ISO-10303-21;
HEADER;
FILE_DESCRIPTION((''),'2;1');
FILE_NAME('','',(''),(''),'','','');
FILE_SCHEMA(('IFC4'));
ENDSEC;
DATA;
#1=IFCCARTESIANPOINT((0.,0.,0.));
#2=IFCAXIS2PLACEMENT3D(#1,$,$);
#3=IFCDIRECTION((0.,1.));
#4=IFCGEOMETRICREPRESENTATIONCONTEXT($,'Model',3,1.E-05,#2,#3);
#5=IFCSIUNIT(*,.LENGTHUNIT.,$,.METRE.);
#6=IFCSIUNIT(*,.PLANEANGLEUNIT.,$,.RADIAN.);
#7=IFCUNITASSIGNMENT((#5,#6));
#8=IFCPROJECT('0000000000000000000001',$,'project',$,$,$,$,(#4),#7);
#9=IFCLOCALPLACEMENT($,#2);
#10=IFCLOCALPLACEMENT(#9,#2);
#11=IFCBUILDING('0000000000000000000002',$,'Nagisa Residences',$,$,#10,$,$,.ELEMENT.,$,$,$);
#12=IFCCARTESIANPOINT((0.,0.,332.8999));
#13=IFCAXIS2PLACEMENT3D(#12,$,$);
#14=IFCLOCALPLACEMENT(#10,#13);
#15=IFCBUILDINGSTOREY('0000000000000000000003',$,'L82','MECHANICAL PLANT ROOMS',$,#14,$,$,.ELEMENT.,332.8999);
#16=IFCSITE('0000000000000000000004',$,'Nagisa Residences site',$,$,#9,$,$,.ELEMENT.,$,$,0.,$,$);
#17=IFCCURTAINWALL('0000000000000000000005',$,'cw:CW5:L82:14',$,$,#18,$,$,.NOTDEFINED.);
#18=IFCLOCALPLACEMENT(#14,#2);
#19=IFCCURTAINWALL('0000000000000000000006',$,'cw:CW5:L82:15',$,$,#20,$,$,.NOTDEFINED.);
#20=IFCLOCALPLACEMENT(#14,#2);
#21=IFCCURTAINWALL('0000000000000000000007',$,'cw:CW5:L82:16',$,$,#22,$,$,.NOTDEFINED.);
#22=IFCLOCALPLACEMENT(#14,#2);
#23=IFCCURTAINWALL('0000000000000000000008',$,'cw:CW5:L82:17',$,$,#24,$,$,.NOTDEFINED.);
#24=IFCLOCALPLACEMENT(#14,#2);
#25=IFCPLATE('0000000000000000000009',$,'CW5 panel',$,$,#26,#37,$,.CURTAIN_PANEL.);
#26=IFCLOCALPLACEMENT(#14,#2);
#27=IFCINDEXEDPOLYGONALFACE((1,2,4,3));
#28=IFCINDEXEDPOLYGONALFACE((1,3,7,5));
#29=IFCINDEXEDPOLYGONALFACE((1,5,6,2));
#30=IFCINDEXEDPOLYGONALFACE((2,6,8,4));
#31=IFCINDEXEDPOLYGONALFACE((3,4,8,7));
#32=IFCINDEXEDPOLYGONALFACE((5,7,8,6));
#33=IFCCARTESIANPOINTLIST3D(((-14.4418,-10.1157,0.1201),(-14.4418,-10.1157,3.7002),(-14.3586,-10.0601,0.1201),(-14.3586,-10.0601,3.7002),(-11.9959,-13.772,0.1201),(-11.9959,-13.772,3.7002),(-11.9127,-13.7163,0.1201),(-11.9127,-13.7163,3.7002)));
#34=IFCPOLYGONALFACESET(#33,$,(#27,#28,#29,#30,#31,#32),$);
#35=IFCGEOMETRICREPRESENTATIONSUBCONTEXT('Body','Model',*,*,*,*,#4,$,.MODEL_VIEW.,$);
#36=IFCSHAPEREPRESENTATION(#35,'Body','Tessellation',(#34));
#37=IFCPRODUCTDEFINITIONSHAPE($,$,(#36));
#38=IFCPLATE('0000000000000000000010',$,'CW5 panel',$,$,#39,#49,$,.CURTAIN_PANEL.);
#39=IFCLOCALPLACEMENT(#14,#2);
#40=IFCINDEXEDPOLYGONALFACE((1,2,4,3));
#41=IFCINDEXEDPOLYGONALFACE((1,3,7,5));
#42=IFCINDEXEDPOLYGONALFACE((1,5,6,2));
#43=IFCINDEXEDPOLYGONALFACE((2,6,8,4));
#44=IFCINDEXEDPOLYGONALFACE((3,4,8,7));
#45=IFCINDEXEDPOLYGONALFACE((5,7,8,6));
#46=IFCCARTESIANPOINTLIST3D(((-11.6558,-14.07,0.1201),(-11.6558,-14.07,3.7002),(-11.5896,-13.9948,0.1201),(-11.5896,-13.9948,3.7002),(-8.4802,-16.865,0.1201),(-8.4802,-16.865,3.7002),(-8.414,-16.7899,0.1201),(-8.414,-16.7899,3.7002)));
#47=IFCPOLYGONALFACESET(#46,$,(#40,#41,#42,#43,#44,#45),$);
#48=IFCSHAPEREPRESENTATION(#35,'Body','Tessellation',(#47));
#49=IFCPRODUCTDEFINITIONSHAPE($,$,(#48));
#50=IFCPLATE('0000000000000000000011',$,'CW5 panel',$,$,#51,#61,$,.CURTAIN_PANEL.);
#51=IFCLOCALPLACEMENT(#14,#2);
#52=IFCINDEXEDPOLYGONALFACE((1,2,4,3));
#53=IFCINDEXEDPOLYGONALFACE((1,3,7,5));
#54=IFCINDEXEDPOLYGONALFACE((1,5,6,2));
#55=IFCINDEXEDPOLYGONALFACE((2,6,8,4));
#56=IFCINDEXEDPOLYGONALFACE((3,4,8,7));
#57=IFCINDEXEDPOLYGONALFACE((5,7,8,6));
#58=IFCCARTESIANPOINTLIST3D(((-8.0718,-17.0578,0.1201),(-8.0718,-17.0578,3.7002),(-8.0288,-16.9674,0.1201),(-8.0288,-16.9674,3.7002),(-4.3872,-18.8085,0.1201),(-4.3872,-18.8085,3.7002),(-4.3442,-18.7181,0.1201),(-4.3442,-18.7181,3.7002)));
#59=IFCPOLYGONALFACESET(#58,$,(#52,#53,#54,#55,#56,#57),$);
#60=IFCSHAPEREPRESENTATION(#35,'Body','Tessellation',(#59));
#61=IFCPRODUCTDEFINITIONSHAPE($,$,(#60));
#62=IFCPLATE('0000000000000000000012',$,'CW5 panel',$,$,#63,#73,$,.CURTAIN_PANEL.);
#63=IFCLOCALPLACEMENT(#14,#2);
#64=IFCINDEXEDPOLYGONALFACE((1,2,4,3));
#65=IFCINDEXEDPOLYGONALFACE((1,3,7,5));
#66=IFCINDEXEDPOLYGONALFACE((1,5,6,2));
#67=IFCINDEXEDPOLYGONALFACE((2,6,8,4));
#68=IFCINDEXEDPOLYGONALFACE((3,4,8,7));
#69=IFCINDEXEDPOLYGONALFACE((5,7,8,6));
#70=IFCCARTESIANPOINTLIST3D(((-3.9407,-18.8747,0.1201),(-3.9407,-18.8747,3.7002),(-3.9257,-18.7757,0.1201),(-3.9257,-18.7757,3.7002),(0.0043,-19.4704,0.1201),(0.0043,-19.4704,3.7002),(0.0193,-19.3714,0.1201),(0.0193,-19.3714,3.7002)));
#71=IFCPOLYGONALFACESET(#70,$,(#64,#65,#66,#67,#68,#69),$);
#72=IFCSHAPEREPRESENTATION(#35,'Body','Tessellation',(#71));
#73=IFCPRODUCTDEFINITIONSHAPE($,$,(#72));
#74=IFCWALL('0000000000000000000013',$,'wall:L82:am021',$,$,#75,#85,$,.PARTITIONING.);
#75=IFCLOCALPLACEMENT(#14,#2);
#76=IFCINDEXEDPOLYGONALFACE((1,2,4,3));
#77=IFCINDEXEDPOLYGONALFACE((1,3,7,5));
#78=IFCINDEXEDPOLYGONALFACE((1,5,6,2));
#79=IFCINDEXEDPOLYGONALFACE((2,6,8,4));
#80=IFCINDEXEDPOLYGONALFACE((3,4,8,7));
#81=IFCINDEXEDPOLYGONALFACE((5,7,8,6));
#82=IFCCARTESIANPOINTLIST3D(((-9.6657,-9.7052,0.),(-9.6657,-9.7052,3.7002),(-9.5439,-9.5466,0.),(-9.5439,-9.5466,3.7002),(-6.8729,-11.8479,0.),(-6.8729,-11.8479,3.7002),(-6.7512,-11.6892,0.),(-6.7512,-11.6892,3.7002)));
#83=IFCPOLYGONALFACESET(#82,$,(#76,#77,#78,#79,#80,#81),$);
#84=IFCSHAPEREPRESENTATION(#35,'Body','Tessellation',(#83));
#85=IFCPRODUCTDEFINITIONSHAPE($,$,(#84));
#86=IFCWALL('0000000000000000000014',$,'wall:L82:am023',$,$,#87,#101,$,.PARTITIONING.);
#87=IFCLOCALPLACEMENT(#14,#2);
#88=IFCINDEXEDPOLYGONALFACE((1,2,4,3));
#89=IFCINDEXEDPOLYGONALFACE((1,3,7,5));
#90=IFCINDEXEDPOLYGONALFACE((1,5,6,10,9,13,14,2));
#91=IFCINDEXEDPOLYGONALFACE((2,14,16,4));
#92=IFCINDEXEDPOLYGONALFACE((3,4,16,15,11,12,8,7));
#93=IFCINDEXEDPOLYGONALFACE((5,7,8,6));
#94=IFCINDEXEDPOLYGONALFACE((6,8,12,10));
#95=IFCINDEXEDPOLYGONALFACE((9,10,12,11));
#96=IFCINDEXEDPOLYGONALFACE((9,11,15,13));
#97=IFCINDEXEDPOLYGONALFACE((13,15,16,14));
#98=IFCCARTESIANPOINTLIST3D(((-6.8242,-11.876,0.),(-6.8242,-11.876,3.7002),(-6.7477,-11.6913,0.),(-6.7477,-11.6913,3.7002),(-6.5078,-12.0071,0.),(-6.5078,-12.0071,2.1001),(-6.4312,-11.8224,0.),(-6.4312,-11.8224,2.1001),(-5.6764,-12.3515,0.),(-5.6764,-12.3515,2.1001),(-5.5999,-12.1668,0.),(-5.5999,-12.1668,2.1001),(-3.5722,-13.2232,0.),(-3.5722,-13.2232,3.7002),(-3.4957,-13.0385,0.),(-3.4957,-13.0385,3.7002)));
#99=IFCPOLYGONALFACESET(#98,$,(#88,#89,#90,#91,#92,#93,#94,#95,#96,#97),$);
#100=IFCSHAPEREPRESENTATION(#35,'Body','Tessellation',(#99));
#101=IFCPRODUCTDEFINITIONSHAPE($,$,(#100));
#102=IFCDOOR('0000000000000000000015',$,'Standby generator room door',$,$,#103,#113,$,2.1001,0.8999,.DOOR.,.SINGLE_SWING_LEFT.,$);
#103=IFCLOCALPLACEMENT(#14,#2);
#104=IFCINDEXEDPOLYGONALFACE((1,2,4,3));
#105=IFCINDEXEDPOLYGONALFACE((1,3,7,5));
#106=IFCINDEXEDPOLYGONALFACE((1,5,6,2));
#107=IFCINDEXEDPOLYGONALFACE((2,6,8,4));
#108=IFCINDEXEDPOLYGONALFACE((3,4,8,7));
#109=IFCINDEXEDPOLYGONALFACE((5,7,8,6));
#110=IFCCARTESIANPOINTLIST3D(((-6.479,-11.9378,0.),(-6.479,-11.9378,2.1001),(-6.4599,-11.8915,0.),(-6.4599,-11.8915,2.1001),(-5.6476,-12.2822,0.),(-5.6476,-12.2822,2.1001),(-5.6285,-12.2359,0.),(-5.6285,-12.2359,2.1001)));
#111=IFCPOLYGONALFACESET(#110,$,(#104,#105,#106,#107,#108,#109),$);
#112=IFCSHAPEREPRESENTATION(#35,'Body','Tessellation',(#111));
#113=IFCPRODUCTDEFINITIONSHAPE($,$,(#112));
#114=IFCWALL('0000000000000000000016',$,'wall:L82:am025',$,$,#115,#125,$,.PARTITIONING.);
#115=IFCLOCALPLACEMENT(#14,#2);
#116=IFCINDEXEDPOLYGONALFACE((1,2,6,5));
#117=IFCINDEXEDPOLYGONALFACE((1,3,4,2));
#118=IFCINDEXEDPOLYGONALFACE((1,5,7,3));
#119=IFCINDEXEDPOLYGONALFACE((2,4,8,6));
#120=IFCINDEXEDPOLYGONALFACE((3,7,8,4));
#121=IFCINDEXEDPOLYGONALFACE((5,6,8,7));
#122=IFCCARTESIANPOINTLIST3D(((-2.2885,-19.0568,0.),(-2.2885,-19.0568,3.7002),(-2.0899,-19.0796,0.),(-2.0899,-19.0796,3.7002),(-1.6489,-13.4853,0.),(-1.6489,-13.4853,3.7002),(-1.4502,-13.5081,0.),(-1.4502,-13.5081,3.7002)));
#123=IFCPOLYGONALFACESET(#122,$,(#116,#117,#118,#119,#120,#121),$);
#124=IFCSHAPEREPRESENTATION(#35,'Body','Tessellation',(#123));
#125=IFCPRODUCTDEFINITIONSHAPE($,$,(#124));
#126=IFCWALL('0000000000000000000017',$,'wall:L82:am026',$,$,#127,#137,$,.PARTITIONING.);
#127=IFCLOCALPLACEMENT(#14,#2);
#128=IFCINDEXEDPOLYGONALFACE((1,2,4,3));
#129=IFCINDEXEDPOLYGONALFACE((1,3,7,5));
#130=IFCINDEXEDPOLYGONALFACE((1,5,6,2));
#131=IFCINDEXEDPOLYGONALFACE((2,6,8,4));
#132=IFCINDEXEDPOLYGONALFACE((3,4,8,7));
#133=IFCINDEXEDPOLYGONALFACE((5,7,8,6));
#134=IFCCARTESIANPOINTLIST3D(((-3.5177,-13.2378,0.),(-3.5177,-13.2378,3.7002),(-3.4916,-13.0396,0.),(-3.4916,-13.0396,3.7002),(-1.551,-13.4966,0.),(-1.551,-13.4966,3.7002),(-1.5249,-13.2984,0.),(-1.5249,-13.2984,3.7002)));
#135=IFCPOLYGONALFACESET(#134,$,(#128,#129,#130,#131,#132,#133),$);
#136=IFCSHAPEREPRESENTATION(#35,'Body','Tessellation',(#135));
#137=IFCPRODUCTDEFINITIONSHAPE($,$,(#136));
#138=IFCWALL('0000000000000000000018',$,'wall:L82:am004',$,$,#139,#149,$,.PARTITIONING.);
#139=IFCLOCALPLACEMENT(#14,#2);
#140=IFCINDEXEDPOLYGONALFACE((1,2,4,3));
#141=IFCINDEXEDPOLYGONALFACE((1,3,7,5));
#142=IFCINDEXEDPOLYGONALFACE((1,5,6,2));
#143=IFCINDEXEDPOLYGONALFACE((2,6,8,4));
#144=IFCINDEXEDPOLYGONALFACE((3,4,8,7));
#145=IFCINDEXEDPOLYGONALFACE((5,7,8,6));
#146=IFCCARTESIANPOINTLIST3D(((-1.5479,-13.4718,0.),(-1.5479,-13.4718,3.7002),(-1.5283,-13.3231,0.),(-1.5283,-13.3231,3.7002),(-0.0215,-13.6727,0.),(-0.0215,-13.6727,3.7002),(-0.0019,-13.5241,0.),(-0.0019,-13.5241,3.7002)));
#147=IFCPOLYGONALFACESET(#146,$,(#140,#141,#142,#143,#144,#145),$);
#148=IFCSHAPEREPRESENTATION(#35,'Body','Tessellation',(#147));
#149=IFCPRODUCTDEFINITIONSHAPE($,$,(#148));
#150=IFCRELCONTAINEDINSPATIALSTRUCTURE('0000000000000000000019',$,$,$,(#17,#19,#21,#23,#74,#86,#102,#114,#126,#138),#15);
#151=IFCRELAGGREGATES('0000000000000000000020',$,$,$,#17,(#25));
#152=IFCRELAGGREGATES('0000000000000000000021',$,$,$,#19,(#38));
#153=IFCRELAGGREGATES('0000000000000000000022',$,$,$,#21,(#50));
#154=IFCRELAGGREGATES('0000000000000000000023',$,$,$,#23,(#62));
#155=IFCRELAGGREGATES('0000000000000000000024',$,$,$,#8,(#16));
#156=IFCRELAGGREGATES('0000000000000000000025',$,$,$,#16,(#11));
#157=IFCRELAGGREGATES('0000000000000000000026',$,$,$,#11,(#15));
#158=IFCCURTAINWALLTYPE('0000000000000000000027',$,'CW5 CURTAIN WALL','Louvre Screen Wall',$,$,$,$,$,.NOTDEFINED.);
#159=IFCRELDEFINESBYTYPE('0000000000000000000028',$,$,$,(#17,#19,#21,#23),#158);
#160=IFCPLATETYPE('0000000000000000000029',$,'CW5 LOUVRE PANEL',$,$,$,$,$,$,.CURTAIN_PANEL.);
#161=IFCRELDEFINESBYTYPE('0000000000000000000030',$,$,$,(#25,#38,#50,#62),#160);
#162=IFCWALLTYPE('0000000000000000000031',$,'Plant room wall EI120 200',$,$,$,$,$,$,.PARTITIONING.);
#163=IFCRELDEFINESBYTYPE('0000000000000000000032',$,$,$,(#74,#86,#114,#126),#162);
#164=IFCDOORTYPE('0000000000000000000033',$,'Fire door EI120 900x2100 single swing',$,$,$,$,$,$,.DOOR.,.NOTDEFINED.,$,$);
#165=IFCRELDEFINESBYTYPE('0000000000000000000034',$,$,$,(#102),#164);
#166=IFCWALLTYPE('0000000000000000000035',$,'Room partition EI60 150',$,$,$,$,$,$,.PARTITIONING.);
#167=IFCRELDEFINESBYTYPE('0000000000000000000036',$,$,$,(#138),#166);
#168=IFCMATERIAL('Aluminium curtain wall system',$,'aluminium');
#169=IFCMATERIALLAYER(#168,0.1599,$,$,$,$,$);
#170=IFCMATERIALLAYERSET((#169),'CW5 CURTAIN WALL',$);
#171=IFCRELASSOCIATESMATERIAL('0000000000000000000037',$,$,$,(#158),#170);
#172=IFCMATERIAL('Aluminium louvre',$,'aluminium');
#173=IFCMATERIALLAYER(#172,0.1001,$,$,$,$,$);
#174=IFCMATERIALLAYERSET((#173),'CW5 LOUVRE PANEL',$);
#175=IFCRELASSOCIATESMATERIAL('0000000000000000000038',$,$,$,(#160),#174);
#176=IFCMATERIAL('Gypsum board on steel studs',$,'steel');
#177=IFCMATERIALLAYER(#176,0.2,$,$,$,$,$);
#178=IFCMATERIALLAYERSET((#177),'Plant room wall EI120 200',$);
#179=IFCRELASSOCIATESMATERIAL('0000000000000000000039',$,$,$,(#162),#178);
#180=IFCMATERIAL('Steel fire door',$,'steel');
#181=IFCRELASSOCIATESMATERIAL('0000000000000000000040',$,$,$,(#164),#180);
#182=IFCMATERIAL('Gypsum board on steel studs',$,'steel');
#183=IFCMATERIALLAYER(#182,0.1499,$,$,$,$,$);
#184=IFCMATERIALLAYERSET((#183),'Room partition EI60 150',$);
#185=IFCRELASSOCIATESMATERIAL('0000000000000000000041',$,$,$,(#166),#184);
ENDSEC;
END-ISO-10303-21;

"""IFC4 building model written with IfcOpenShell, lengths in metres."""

from ifc_helpers import new_model, si_unit, direction, frame, frame_2d, origin, origin_2d, place, context, subcontext, project, spatial, rectangle, extrude, material, layer, layer_set, type_object, element, fill, aggregate, save


model = new_model("IFC4")

# Units and contexts
model_context = context("Model", 3, precision=1e-05, world=origin(), true_north=direction((0.0, 1.0)))
body_context = subcontext(model_context, "Body", "Model", "MODEL_VIEW")
ifc_project = project(units=[si_unit("LENGTHUNIT", "METRE"), si_unit("PLANEANGLEUNIT", "RADIAN")], contexts=[model_context])

# Site, building, storey
site_placement = place(None, origin())
site = spatial("IfcSite", under=ifc_project, at=site_placement, Name="Nagisa Residences site", CompositionType="ELEMENT", RefElevation=0.0)
building_placement = place(site_placement, origin())
building = spatial("IfcBuilding", under=site, at=building_placement, Name="Nagisa Residences", CompositionType="ELEMENT")
storey_placement = place(building_placement, frame((0.0, 0.0, 332.8999)))
storey = spatial("IfcBuildingStorey", under=building, at=storey_placement, Name="L82", Description="MECHANICAL PLANT ROOMS", CompositionType="ELEMENT", Elevation=332.8999)

# Curtain walls
ifc_material_1 = material(Name="Aluminium curtain wall system", Category="aluminium")
ifc_layer_1 = layer(ifc_material_1, 0.1599)
ifc_layer_set_1 = layer_set([ifc_layer_1], Name="CW5 CURTAIN WALL")
curtain_wall_type = type_object("IfcCurtainWallType", Name="CW5 CURTAIN WALL", Description="Louvre Screen Wall", PredefinedType="NOTDEFINED", material=ifc_layer_set_1)
curtain_wall_1_placement = place(storey_placement, origin())
curtain_wall_1 = element("IfcCurtainWall", 1, at=curtain_wall_1_placement, inside=storey, type_object=curtain_wall_type, Name="cw:CW5:L82:14", PredefinedType="NOTDEFINED")
curtain_wall_2_placement = place(storey_placement, origin())
curtain_wall_2 = element("IfcCurtainWall", 2, at=curtain_wall_2_placement, inside=storey, type_object=curtain_wall_type, Name="cw:CW5:L82:15", PredefinedType="NOTDEFINED")
curtain_wall_3_placement = place(storey_placement, origin())
curtain_wall_3 = element("IfcCurtainWall", 3, at=curtain_wall_3_placement, inside=storey, type_object=curtain_wall_type, Name="cw:CW5:L82:16", PredefinedType="NOTDEFINED")
curtain_wall_4_placement = place(storey_placement, origin())
curtain_wall_4 = element("IfcCurtainWall", 4, at=curtain_wall_4_placement, inside=storey, type_object=curtain_wall_type, Name="cw:CW5:L82:17", PredefinedType="NOTDEFINED")

# Plates
ifc_material_2 = material(Name="Aluminium louvre", Category="aluminium")
ifc_layer_2 = layer(ifc_material_2, 0.1001)
ifc_layer_set_2 = layer_set([ifc_layer_2], Name="CW5 LOUVRE PANEL")
plate_type = type_object("IfcPlateType", Name="CW5 LOUVRE PANEL", PredefinedType="CURTAIN_PANEL", material=ifc_layer_set_2)
plate_1_placement = place(storey_placement, frame((-13.1772, -11.916, 0.1201), z_axis=(0.0, 0.0, 1.0), x_axis=(0.556014, -0.831173, 0.0)))
plate_1 = element("IfcPlate", 5, at=plate_1_placement, type_object=plate_type, Name="CW5 panel", PredefinedType="CURTAIN_PANEL", context=body_context, shape_type="SweptSolid", body=[
    extrude(rectangle(XDim=4.3989, YDim=0.1001, at=origin_2d()), origin(), (0.0, 0.0, 1.0), 3.5801),
])
aggregate(curtain_wall_1, [plate_1])
plate_2_placement = place(storey_placement, frame((-10.0349, -15.4299, 0.1201), z_axis=(0.0, 0.0, 1.0), x_axis=(0.750651, -0.660699, 0.0)))
plate_2 = element("IfcPlate", 6, at=plate_2_placement, type_object=plate_type, Name="CW5 panel", PredefinedType="CURTAIN_PANEL", context=body_context, shape_type="SweptSolid", body=[
    extrude(rectangle(XDim=4.2305, YDim=0.1001, at=origin_2d()), origin(), (0.0, 0.0, 1.0), 3.5801),
])
aggregate(curtain_wall_2, [plate_2])
plate_3_placement = place(storey_placement, frame((-6.208, -17.8879, 0.1201), z_axis=(0.0, 0.0, 1.0), x_axis=(0.903233, -0.429151, 0.0)))
plate_3 = element("IfcPlate", 7, at=plate_3_placement, type_object=plate_type, Name="CW5 panel", PredefinedType="CURTAIN_PANEL", context=body_context, shape_type="SweptSolid", body=[
    extrude(rectangle(XDim=4.0793, YDim=0.1001, at=origin_2d()), origin(), (0.0, 0.0, 1.0), 3.5801),
])
aggregate(curtain_wall_3, [plate_3])
plate_4_placement = place(storey_placement, frame((-1.9607, -19.123, 0.1201), z_axis=(0.0, 0.0, 1.0), x_axis=(0.988789, -0.14932, 0.0)))
plate_4 = element("IfcPlate", 8, at=plate_4_placement, type_object=plate_type, Name="CW5 panel", PredefinedType="CURTAIN_PANEL", context=body_context, shape_type="SweptSolid", body=[
    extrude(rectangle(XDim=3.9897, YDim=0.1001, at=origin_2d()), origin(), (0.0, 0.0, 1.0), 3.5801),
])
aggregate(curtain_wall_4, [plate_4])

# Wall
ifc_material_3 = material(Name="Gypsum board on steel studs", Category="steel")
ifc_layer_3 = layer(ifc_material_3, 0.2)
ifc_layer_set_3 = layer_set([ifc_layer_3], Name="Plant room wall EI120 200")
wall_type_1 = type_object("IfcWallType", Name="Plant room wall EI120 200", PredefinedType="PARTITIONING", material=ifc_layer_set_3)
wall_1_placement = place(storey_placement, frame((-6.812, -11.7686, 0.0), z_axis=(0.0, 0.0, 1.0), x_axis=(-0.793402, 0.608698, 0.0)))
element("IfcWall", 9, at=wall_1_placement, inside=storey, type_object=wall_type_1, Name="wall:L82:am021", PredefinedType="PARTITIONING", context=body_context, shape_type="SweptSolid", body=[
    extrude(rectangle(XDim=3.52, YDim=0.2, at=frame_2d((1.76, 0.0))), origin(), (0.0, 0.0, 1.0), 3.7002),
])

# Wall, opening, door
wall_2_placement = place(storey_placement, frame((-3.5339, -13.1309, 0.0), z_axis=(0.0, 0.0, 1.0), x_axis=(-0.923863, 0.382723, 0.0)))
wall_2 = element("IfcWall", 10, at=wall_2_placement, inside=storey, type_object=wall_type_1, Name="wall:L82:am023", PredefinedType="PARTITIONING", context=body_context, shape_type="SweptSolid", body=[
    extrude(rectangle(XDim=3.52, YDim=0.2, at=frame_2d((1.76, 0.0))), origin(), (0.0, 0.0, 1.0), 3.7002),
])
opening_placement = place(wall_2_placement, frame((2.2776, 0.0, 0.0)))
opening = element("IfcOpeningElement", 11, at=opening_placement, cuts=wall_2, PredefinedType="OPENING", context=body_context, shape_type="SweptSolid", body=[
    extrude(rectangle(XDim=0.8999, YDim=2.1001, at=frame_2d((0.45, 1.05))), frame((0.0, 0.1099, 0.0), z_axis=(0.0, -1.0, 0.0), x_axis=(1.0, 0.0, 0.0)), (0.0, 0.0, 1.0), 0.22),
])
ifc_material_4 = material(Name="Steel fire door", Category="steel")
door_type = type_object("IfcDoorType", Name="Fire door EI120 900x2100 single swing", OperationType="NOTDEFINED", PredefinedType="DOOR", material=ifc_material_4)
door_placement = place(opening_placement, origin())
door = element("IfcDoor", 12, at=door_placement, inside=storey, type_object=door_type, Name="Standby generator room door", OperationType="SINGLE_SWING_LEFT", OverallHeight=2.1001, OverallWidth=0.8999, PredefinedType="DOOR", context=body_context, shape_type="SweptSolid", body=[
    extrude(rectangle(XDim=0.8999, YDim=2.1001, at=frame_2d((0.45, 1.05))), frame((0.0, 0.0249, 0.0), z_axis=(0.0, -1.0, 0.0), x_axis=(1.0, 0.0, 0.0)), (0.0, 0.0, 1.0), 0.05),
])
fill(opening, door)

# Walls
wall_3_placement = place(storey_placement, frame((-2.1892, -19.0684, 0.0), z_axis=(0.0, 0.0, 1.0), x_axis=(0.114057, 0.993474, 0.0)))
element("IfcWall", 13, at=wall_3_placement, inside=storey, type_object=wall_type_1, Name="wall:L82:am025", PredefinedType="PARTITIONING", context=body_context, shape_type="SweptSolid", body=[
    extrude(rectangle(XDim=5.6082, YDim=0.2, at=frame_2d((2.8042, 0.0))), origin(), (0.0, 0.0, 1.0), 3.7002),
])
wall_4_placement = place(storey_placement, frame((-1.5381, -13.3975, 0.0), z_axis=(0.0, 0.0, 1.0), x_axis=(-0.991454, 0.130455, 0.0)))
element("IfcWall", 14, at=wall_4_placement, inside=storey, type_object=wall_type_1, Name="wall:L82:am026", PredefinedType="PARTITIONING", context=body_context, shape_type="SweptSolid", body=[
    extrude(rectangle(XDim=1.9836, YDim=0.2, at=frame_2d((0.9917, 0.0))), origin(), (0.0, 0.0, 1.0), 3.7002),
])
ifc_material_5 = material(Name="Gypsum board on steel studs", Category="steel")
ifc_layer_4 = layer(ifc_material_5, 0.1499)
ifc_layer_set_4 = layer_set([ifc_layer_4], Name="Room partition EI60 150")
wall_type_2 = type_object("IfcWallType", Name="Room partition EI60 150", PredefinedType="PARTITIONING", material=ifc_layer_set_4)
wall_5_placement = place(storey_placement, frame((-0.0117, -13.5984, 0.0), z_axis=(0.0, 0.0, 1.0), x_axis=(-0.991447, 0.130512, 0.0)))
element("IfcWall", 15, at=wall_5_placement, inside=storey, type_object=wall_type_2, Name="wall:L82:am004", PredefinedType="PARTITIONING", context=body_context, shape_type="SweptSolid", body=[
    extrude(rectangle(XDim=1.5396, YDim=0.1499, at=frame_2d((0.7698, 0.0))), origin(), (0.0, 0.0, 1.0), 3.7002),
])

save(model, "model.ifc")
